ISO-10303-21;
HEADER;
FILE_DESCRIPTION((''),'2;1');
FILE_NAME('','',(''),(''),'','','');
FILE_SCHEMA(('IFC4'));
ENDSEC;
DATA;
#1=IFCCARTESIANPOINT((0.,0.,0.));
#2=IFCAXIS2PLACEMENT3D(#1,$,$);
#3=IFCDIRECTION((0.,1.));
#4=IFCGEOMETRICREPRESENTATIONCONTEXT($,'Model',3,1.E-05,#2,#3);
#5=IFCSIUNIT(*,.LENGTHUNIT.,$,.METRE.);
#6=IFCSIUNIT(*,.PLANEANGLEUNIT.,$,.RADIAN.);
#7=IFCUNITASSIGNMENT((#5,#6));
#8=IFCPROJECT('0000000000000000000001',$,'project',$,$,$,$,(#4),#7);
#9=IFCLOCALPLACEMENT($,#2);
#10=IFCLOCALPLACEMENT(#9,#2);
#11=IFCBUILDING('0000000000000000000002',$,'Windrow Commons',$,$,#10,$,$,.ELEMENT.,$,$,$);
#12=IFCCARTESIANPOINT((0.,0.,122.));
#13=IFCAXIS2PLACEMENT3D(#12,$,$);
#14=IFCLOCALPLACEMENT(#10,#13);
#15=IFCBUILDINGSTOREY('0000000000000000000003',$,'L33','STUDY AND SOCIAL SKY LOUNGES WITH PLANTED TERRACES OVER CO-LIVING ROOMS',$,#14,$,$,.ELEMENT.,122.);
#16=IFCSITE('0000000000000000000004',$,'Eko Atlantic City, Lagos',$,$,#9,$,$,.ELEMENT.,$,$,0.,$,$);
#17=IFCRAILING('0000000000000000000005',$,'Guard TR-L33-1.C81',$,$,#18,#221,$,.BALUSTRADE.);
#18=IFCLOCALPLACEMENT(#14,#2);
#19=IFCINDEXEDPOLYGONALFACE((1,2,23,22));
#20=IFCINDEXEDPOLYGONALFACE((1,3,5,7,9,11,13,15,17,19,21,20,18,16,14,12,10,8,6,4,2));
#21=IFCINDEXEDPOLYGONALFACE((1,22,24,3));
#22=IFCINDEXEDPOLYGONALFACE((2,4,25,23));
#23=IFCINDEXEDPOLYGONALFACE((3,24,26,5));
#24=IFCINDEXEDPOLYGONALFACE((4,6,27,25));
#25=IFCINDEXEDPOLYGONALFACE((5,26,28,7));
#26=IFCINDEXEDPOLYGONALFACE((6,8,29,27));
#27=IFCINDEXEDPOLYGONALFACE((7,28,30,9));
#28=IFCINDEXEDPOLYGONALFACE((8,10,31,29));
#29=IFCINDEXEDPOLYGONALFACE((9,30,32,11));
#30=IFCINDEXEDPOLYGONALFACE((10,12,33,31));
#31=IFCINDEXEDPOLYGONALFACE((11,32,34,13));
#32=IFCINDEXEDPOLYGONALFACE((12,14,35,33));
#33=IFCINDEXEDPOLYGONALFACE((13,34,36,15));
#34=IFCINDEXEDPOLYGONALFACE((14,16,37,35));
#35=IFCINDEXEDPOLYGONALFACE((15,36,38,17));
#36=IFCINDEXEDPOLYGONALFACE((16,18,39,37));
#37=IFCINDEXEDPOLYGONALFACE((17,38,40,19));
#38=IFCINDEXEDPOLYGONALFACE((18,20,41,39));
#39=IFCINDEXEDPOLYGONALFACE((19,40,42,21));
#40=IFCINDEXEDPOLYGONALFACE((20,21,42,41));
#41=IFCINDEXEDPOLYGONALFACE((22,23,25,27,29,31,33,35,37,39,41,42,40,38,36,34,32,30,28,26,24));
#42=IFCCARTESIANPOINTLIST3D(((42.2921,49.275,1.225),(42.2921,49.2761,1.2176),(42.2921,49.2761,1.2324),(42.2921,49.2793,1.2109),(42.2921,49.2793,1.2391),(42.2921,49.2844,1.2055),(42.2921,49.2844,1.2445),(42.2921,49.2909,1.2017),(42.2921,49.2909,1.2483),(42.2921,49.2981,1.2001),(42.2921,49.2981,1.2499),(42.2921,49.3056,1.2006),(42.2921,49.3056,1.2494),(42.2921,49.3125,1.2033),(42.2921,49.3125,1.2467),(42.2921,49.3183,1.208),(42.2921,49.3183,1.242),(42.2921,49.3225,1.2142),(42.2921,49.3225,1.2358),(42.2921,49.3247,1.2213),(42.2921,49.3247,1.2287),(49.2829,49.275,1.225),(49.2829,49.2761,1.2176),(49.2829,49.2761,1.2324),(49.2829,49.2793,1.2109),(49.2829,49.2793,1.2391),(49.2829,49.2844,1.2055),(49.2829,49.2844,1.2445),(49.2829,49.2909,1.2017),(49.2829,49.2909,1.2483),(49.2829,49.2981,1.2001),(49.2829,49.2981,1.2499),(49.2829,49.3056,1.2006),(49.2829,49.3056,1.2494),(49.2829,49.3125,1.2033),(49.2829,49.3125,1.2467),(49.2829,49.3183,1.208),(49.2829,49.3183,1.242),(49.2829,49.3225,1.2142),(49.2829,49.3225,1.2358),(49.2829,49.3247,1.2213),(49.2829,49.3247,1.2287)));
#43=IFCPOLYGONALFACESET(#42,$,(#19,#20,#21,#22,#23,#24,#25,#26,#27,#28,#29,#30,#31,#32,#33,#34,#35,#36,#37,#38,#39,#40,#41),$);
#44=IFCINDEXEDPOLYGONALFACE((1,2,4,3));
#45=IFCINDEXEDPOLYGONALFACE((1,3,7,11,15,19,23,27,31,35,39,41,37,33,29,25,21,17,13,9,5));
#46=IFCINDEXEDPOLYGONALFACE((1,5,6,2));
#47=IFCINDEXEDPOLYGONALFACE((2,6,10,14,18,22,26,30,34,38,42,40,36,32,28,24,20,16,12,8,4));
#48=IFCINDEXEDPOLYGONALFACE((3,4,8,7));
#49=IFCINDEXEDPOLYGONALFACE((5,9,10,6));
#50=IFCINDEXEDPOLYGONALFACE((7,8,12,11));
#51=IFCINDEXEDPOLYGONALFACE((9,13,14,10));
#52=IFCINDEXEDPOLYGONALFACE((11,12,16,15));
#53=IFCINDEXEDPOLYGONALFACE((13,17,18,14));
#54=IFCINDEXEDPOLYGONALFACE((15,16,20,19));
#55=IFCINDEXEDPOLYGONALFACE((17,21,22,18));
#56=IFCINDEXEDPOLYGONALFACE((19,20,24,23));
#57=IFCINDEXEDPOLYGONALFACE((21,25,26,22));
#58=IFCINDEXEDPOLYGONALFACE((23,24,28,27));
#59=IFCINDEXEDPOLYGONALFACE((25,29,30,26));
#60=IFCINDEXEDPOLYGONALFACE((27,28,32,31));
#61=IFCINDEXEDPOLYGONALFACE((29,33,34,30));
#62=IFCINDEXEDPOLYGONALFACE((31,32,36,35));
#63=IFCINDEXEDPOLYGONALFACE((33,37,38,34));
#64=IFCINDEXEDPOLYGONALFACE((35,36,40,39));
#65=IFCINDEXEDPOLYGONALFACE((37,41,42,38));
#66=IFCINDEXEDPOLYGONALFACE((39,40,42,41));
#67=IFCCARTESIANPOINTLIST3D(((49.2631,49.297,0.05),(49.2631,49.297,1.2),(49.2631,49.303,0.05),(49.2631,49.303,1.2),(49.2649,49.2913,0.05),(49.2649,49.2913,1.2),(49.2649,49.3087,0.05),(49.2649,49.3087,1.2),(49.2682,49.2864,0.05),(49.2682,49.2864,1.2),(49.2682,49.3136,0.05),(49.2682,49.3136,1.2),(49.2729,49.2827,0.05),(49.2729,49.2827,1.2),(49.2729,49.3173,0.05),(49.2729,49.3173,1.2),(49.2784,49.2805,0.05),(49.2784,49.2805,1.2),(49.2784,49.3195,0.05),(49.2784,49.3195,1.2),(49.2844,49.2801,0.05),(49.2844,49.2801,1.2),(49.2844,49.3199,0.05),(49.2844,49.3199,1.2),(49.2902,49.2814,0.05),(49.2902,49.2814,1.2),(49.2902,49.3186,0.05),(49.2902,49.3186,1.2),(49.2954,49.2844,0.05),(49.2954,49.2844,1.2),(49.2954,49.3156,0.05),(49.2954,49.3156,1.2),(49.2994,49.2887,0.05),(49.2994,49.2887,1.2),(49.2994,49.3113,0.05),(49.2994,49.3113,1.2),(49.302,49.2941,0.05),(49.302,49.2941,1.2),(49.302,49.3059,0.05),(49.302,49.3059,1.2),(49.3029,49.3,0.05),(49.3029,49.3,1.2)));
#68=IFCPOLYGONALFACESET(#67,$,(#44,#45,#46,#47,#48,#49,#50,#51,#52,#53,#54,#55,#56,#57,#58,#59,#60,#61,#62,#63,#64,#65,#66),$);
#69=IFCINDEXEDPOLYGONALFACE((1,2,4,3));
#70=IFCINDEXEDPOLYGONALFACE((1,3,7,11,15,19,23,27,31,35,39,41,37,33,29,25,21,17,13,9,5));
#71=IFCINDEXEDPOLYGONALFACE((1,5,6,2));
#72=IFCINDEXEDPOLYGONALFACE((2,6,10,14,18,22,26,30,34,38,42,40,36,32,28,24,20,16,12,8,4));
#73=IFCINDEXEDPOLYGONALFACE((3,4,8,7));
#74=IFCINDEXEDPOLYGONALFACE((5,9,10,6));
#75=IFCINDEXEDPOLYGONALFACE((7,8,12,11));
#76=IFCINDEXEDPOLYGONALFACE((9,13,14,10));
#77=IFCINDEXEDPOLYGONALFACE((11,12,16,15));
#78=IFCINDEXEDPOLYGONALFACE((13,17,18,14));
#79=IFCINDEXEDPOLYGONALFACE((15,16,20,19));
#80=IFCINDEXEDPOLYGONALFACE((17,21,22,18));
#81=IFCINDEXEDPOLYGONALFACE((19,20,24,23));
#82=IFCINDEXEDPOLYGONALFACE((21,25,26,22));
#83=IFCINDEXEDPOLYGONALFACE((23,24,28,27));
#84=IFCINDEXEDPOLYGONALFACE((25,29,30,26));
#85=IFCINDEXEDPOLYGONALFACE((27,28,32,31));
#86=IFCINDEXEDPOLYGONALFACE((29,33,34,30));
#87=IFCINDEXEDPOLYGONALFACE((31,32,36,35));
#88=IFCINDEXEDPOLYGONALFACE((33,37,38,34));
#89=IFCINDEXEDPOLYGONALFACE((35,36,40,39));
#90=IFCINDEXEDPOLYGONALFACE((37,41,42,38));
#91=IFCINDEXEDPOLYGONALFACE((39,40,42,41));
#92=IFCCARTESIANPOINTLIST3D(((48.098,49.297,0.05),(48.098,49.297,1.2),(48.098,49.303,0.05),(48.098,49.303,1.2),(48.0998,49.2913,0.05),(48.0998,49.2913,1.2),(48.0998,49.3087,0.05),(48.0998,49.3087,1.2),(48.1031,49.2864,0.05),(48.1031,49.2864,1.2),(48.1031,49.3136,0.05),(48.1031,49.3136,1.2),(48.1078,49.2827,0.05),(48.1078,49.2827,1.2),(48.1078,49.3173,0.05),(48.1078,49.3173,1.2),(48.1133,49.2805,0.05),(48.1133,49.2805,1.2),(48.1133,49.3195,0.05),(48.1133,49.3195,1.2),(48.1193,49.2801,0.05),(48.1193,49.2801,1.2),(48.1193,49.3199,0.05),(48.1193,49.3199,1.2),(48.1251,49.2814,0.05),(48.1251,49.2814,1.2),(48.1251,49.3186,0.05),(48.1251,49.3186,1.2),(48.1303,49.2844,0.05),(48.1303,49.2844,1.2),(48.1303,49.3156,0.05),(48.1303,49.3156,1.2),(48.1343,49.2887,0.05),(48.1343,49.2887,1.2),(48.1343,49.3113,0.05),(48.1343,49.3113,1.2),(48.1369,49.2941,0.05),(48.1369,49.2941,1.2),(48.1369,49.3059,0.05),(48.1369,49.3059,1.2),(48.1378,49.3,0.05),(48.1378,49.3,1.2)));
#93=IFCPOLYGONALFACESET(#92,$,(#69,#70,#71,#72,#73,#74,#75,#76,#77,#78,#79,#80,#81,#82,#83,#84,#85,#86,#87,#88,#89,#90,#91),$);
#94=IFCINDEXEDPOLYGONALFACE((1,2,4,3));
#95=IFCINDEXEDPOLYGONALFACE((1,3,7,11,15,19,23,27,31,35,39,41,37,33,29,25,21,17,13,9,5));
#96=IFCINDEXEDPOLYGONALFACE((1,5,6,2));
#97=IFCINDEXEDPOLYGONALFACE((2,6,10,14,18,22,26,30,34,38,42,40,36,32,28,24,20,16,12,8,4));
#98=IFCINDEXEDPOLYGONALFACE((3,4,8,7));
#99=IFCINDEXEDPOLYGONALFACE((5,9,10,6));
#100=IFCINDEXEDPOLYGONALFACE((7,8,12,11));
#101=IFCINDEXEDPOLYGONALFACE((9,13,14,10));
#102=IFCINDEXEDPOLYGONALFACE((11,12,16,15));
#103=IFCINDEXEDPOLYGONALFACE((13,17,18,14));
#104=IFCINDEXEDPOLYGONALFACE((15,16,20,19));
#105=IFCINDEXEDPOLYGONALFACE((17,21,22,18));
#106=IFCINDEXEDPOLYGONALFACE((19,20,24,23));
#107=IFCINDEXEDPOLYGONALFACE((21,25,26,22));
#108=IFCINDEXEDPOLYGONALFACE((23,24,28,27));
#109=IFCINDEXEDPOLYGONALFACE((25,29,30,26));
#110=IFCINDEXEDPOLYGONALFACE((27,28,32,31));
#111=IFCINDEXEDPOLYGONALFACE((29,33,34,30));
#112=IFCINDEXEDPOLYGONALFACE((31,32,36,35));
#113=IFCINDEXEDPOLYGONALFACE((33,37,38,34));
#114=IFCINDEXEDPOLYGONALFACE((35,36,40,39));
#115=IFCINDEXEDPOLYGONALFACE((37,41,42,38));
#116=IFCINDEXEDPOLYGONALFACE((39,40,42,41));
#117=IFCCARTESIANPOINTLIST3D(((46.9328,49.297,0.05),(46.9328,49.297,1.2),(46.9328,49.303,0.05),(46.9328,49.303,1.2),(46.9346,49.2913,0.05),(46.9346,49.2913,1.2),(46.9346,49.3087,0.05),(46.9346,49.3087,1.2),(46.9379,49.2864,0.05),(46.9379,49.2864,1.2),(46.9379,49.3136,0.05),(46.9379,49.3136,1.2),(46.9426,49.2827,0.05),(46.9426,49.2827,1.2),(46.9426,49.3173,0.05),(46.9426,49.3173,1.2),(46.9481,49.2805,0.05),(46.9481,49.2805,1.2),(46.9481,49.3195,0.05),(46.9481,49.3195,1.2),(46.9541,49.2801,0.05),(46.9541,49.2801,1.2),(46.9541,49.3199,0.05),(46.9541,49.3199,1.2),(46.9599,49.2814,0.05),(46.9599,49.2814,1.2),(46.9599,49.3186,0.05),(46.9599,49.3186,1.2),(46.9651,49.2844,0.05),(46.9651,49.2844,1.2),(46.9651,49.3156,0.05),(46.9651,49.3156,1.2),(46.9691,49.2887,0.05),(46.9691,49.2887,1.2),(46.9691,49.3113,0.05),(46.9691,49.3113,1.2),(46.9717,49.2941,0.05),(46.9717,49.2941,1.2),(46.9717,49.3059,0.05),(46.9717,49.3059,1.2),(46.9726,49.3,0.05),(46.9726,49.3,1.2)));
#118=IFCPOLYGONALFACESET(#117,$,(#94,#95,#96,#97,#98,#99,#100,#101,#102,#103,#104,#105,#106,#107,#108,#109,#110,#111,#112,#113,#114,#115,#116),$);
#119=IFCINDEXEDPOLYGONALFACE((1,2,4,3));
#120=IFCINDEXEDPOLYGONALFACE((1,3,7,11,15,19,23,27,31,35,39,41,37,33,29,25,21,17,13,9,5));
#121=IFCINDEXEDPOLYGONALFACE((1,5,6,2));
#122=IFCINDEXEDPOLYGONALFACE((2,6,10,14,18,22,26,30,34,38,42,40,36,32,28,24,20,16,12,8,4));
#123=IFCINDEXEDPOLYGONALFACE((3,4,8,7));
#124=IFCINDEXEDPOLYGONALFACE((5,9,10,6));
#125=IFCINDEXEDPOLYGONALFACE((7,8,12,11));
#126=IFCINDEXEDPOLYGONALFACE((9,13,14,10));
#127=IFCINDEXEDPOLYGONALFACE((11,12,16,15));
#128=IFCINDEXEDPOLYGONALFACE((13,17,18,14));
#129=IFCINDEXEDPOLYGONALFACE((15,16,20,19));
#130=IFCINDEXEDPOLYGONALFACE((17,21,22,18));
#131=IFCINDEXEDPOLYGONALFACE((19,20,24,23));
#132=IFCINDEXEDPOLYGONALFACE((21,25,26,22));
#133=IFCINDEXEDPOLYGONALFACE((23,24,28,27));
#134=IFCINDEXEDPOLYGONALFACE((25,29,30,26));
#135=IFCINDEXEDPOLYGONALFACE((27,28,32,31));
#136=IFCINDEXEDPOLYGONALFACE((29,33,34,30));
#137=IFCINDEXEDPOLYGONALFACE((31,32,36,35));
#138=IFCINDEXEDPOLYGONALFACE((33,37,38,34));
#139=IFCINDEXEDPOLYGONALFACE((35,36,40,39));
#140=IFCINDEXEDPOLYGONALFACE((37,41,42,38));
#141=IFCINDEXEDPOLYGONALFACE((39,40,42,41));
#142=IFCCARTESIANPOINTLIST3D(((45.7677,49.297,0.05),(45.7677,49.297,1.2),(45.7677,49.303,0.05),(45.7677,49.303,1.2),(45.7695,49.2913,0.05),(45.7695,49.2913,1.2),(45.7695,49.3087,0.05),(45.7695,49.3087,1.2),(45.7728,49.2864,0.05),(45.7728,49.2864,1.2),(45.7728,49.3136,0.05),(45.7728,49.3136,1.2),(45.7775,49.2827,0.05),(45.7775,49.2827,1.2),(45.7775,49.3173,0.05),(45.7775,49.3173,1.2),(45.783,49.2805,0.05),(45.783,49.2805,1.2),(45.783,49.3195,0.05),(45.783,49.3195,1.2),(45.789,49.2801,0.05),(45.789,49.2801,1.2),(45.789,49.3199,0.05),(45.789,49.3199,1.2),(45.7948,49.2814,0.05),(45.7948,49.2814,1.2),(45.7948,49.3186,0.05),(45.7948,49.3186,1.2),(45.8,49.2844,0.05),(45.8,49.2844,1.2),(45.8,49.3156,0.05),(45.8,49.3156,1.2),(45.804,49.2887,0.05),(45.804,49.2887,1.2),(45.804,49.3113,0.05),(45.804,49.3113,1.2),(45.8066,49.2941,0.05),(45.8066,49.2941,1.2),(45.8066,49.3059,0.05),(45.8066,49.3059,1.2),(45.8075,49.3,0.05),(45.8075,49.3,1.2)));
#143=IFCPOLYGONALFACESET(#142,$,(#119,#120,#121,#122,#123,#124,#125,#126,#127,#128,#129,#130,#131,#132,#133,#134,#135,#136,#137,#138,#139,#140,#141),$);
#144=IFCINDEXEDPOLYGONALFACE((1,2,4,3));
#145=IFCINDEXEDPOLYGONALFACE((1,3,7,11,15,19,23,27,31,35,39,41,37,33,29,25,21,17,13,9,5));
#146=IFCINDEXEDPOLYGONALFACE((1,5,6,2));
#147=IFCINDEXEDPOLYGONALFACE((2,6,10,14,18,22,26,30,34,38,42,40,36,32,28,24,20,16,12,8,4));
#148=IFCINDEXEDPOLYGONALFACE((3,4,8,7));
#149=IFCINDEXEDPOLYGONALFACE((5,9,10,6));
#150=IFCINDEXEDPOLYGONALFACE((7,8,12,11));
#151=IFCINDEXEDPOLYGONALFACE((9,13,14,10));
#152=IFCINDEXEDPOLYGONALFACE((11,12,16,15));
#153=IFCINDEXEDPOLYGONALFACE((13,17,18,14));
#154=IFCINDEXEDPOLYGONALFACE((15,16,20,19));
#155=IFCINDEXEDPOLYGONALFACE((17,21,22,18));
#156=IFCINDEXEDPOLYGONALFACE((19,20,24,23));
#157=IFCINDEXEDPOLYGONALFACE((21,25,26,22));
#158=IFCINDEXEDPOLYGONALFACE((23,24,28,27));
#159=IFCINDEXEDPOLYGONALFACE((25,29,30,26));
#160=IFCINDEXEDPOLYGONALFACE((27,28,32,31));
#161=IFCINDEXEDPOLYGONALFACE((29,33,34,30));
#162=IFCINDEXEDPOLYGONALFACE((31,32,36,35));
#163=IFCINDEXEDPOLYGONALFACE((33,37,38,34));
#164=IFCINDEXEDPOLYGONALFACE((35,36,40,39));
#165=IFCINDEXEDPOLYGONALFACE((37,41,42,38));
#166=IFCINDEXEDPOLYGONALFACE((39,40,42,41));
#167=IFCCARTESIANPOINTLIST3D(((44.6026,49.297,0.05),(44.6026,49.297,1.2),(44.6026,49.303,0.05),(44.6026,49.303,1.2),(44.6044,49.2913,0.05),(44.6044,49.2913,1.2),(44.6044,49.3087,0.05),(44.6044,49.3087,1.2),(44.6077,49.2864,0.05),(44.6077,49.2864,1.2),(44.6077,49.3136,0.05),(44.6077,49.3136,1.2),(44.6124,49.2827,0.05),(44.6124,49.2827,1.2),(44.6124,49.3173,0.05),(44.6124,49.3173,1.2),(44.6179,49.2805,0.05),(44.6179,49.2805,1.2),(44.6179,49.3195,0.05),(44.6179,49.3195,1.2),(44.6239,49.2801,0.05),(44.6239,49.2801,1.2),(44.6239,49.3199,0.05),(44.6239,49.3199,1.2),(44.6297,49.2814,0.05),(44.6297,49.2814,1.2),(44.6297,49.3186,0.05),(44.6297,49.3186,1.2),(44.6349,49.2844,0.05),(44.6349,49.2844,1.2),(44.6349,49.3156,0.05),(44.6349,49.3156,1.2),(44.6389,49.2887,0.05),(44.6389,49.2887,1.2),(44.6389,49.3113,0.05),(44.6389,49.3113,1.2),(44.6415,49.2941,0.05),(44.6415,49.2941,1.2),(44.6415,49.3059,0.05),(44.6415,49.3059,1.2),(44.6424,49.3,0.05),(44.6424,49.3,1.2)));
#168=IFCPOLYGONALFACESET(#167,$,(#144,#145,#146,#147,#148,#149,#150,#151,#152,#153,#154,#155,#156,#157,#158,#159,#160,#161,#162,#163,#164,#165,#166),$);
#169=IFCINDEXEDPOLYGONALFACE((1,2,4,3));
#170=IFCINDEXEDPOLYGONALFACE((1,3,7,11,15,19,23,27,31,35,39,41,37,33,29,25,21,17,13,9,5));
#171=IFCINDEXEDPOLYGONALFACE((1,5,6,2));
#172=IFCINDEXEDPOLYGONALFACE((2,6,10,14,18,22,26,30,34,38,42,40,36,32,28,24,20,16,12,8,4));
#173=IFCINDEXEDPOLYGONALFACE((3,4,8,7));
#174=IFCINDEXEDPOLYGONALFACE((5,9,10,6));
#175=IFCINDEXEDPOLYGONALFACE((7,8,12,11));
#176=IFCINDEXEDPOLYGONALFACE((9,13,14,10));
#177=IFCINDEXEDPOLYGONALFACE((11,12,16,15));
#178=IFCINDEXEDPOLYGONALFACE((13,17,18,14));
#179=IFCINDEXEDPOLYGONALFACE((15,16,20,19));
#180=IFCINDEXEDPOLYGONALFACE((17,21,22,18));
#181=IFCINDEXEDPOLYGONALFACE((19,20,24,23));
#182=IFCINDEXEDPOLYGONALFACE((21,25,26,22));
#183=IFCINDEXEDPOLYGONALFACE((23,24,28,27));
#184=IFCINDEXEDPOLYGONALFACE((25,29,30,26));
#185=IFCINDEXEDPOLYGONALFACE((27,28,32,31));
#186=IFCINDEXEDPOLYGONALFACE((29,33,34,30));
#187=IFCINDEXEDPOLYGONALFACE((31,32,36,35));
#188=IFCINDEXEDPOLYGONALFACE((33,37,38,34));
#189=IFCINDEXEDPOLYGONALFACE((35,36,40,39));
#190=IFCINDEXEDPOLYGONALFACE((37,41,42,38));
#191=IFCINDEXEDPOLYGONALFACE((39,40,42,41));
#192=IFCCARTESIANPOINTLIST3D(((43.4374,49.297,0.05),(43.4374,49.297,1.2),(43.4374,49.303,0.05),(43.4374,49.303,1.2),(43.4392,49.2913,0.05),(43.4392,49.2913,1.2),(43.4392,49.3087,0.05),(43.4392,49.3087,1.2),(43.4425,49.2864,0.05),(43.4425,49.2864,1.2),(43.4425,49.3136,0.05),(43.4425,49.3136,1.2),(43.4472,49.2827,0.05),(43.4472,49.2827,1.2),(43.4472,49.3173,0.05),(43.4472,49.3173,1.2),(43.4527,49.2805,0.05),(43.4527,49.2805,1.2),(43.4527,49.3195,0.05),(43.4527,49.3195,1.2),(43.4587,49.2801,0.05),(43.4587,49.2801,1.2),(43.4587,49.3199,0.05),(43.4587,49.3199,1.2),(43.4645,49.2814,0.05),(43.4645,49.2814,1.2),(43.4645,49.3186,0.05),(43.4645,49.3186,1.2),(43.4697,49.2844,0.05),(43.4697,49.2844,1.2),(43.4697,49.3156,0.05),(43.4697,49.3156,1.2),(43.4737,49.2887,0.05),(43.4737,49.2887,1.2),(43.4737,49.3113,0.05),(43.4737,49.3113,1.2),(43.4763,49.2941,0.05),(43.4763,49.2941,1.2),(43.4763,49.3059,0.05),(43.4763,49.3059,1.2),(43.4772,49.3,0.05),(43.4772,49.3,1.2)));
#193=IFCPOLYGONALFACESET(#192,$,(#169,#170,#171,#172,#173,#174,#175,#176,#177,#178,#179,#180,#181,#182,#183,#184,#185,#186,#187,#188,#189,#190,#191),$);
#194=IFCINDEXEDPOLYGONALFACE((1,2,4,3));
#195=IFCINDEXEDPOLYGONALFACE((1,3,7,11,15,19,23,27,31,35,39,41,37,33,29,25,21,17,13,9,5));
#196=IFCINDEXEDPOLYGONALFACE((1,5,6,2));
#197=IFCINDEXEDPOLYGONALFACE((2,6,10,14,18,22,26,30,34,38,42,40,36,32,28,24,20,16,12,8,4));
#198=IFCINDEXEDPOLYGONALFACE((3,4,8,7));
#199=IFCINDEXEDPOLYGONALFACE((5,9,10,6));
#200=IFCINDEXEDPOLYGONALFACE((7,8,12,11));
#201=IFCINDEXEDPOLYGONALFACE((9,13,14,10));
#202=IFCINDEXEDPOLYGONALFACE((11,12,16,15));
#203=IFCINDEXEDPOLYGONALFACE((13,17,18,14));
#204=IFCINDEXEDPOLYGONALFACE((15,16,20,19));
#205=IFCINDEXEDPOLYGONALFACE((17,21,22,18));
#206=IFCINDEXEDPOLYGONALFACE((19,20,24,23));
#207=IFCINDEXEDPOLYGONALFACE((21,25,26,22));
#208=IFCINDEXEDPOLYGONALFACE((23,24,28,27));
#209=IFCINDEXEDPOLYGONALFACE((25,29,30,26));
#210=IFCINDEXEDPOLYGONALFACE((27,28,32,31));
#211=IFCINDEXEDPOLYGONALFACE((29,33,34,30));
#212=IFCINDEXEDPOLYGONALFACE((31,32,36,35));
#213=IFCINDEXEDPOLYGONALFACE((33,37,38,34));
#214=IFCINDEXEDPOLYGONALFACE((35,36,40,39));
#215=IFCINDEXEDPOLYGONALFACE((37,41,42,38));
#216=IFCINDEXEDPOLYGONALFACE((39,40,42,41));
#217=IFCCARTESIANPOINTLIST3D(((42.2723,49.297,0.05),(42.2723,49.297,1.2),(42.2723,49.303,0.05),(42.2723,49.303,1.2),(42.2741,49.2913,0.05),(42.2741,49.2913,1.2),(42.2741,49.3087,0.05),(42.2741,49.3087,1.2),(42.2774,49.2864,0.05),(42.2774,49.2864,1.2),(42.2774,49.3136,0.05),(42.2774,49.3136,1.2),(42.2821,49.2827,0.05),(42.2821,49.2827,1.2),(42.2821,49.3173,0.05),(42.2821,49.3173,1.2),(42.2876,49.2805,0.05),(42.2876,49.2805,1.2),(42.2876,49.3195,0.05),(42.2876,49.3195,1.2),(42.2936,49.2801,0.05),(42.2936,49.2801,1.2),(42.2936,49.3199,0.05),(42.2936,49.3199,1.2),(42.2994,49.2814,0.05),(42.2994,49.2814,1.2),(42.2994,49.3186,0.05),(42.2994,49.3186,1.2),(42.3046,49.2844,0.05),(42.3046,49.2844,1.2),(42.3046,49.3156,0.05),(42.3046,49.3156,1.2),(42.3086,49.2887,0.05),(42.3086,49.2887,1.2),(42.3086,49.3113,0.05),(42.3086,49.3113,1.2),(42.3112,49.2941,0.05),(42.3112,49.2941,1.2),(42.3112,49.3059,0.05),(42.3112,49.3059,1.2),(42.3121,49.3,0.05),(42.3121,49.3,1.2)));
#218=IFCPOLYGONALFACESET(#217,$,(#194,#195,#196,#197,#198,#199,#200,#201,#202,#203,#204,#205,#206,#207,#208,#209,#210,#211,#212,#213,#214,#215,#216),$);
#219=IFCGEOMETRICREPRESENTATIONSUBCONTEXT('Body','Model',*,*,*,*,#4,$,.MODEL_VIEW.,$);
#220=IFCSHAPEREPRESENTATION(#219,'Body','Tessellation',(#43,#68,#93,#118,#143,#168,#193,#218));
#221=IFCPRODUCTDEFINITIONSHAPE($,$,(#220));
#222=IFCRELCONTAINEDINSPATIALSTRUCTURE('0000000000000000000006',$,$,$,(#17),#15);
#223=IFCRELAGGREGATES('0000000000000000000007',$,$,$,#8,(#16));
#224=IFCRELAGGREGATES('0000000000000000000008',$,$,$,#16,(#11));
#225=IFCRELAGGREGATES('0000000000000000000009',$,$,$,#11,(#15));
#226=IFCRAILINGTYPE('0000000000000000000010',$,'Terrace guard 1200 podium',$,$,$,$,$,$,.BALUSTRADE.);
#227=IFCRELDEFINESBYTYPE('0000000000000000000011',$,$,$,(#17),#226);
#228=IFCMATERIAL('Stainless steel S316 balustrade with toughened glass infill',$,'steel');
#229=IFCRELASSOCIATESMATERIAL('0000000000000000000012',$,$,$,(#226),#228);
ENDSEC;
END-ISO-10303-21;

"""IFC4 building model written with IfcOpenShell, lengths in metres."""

from ifc_helpers import new_model, si_unit, direction, frame, origin, origin_2d, place, context, subcontext, project, spatial, circle, extrude, material, type_object, element, save


model = new_model("IFC4")

# Units and contexts
model_context = context("Model", 3, precision=1e-05, world=origin(), true_north=direction((0.0, 1.0)))
body_context = subcontext(model_context, "Body", "Model", "MODEL_VIEW")
ifc_project = project(units=[si_unit("LENGTHUNIT", "METRE"), si_unit("PLANEANGLEUNIT", "RADIAN")], contexts=[model_context])

# Site, building, storey
site_placement = place(None, origin())
site = spatial("IfcSite", under=ifc_project, at=site_placement, Name="Eko Atlantic City, Lagos", CompositionType="ELEMENT", RefElevation=0.0)
building_placement = place(site_placement, origin())
building = spatial("IfcBuilding", under=site, at=building_placement, Name="Windrow Commons", CompositionType="ELEMENT")
storey_placement = place(building_placement, frame((0.0, 0.0, 122.0)))
storey = spatial("IfcBuildingStorey", under=building, at=storey_placement, Name="L33", Description="STUDY AND SOCIAL SKY LOUNGES WITH PLANTED TERRACES OVER CO-LIVING ROOMS", CompositionType="ELEMENT", Elevation=122.0)

# Railing
ifc_material_1 = material(Name="Stainless steel S316 balustrade with toughened glass infill", Category="steel")
railing_type = type_object("IfcRailingType", Name="Terrace guard 1200 podium", PredefinedType="BALUSTRADE", material=ifc_material_1)
railing_1_placement = place(storey_placement, frame((49.2829, 49.3, 0.05)))
element("IfcRailing", 1, at=railing_1_placement, inside=storey, type_object=railing_type, Name="Guard TR-L33-1.C81", PredefinedType="BALUSTRADE", context=body_context, shape_type="SweptSolid", body=[
    extrude(circle(Radius=0.025, at=origin_2d()), frame((0.0, 0.0, 1.175), z_axis=(-1.0, 0.0, 0.0), x_axis=(0.0, -1.0, 0.0)), (0.0, 0.0, 1.0), 6.9908),
    extrude(circle(Radius=0.02, at=origin_2d()), origin(), (0.0, 0.0, 1.0), 1.15),
    extrude(circle(Radius=0.02, at=origin_2d()), frame((-1.1651, 0.0, 0.0)), (0.0, 0.0, 1.0), 1.15),
    extrude(circle(Radius=0.02, at=origin_2d()), frame((-2.3303, 0.0, 0.0)), (0.0, 0.0, 1.0), 1.15),
    extrude(circle(Radius=0.02, at=origin_2d()), frame((-3.4954, 0.0, 0.0)), (0.0, 0.0, 1.0), 1.15),
    extrude(circle(Radius=0.02, at=origin_2d()), frame((-4.6605, 0.0, 0.0)), (0.0, 0.0, 1.0), 1.15),
    extrude(circle(Radius=0.02, at=origin_2d()), frame((-5.8257, 0.0, 0.0)), (0.0, 0.0, 1.0), 1.15),
    extrude(circle(Radius=0.02, at=origin_2d()), frame((-6.9908, 0.0, 0.0)), (0.0, 0.0, 1.0), 1.15),
])

save(model, "model.ifc")
